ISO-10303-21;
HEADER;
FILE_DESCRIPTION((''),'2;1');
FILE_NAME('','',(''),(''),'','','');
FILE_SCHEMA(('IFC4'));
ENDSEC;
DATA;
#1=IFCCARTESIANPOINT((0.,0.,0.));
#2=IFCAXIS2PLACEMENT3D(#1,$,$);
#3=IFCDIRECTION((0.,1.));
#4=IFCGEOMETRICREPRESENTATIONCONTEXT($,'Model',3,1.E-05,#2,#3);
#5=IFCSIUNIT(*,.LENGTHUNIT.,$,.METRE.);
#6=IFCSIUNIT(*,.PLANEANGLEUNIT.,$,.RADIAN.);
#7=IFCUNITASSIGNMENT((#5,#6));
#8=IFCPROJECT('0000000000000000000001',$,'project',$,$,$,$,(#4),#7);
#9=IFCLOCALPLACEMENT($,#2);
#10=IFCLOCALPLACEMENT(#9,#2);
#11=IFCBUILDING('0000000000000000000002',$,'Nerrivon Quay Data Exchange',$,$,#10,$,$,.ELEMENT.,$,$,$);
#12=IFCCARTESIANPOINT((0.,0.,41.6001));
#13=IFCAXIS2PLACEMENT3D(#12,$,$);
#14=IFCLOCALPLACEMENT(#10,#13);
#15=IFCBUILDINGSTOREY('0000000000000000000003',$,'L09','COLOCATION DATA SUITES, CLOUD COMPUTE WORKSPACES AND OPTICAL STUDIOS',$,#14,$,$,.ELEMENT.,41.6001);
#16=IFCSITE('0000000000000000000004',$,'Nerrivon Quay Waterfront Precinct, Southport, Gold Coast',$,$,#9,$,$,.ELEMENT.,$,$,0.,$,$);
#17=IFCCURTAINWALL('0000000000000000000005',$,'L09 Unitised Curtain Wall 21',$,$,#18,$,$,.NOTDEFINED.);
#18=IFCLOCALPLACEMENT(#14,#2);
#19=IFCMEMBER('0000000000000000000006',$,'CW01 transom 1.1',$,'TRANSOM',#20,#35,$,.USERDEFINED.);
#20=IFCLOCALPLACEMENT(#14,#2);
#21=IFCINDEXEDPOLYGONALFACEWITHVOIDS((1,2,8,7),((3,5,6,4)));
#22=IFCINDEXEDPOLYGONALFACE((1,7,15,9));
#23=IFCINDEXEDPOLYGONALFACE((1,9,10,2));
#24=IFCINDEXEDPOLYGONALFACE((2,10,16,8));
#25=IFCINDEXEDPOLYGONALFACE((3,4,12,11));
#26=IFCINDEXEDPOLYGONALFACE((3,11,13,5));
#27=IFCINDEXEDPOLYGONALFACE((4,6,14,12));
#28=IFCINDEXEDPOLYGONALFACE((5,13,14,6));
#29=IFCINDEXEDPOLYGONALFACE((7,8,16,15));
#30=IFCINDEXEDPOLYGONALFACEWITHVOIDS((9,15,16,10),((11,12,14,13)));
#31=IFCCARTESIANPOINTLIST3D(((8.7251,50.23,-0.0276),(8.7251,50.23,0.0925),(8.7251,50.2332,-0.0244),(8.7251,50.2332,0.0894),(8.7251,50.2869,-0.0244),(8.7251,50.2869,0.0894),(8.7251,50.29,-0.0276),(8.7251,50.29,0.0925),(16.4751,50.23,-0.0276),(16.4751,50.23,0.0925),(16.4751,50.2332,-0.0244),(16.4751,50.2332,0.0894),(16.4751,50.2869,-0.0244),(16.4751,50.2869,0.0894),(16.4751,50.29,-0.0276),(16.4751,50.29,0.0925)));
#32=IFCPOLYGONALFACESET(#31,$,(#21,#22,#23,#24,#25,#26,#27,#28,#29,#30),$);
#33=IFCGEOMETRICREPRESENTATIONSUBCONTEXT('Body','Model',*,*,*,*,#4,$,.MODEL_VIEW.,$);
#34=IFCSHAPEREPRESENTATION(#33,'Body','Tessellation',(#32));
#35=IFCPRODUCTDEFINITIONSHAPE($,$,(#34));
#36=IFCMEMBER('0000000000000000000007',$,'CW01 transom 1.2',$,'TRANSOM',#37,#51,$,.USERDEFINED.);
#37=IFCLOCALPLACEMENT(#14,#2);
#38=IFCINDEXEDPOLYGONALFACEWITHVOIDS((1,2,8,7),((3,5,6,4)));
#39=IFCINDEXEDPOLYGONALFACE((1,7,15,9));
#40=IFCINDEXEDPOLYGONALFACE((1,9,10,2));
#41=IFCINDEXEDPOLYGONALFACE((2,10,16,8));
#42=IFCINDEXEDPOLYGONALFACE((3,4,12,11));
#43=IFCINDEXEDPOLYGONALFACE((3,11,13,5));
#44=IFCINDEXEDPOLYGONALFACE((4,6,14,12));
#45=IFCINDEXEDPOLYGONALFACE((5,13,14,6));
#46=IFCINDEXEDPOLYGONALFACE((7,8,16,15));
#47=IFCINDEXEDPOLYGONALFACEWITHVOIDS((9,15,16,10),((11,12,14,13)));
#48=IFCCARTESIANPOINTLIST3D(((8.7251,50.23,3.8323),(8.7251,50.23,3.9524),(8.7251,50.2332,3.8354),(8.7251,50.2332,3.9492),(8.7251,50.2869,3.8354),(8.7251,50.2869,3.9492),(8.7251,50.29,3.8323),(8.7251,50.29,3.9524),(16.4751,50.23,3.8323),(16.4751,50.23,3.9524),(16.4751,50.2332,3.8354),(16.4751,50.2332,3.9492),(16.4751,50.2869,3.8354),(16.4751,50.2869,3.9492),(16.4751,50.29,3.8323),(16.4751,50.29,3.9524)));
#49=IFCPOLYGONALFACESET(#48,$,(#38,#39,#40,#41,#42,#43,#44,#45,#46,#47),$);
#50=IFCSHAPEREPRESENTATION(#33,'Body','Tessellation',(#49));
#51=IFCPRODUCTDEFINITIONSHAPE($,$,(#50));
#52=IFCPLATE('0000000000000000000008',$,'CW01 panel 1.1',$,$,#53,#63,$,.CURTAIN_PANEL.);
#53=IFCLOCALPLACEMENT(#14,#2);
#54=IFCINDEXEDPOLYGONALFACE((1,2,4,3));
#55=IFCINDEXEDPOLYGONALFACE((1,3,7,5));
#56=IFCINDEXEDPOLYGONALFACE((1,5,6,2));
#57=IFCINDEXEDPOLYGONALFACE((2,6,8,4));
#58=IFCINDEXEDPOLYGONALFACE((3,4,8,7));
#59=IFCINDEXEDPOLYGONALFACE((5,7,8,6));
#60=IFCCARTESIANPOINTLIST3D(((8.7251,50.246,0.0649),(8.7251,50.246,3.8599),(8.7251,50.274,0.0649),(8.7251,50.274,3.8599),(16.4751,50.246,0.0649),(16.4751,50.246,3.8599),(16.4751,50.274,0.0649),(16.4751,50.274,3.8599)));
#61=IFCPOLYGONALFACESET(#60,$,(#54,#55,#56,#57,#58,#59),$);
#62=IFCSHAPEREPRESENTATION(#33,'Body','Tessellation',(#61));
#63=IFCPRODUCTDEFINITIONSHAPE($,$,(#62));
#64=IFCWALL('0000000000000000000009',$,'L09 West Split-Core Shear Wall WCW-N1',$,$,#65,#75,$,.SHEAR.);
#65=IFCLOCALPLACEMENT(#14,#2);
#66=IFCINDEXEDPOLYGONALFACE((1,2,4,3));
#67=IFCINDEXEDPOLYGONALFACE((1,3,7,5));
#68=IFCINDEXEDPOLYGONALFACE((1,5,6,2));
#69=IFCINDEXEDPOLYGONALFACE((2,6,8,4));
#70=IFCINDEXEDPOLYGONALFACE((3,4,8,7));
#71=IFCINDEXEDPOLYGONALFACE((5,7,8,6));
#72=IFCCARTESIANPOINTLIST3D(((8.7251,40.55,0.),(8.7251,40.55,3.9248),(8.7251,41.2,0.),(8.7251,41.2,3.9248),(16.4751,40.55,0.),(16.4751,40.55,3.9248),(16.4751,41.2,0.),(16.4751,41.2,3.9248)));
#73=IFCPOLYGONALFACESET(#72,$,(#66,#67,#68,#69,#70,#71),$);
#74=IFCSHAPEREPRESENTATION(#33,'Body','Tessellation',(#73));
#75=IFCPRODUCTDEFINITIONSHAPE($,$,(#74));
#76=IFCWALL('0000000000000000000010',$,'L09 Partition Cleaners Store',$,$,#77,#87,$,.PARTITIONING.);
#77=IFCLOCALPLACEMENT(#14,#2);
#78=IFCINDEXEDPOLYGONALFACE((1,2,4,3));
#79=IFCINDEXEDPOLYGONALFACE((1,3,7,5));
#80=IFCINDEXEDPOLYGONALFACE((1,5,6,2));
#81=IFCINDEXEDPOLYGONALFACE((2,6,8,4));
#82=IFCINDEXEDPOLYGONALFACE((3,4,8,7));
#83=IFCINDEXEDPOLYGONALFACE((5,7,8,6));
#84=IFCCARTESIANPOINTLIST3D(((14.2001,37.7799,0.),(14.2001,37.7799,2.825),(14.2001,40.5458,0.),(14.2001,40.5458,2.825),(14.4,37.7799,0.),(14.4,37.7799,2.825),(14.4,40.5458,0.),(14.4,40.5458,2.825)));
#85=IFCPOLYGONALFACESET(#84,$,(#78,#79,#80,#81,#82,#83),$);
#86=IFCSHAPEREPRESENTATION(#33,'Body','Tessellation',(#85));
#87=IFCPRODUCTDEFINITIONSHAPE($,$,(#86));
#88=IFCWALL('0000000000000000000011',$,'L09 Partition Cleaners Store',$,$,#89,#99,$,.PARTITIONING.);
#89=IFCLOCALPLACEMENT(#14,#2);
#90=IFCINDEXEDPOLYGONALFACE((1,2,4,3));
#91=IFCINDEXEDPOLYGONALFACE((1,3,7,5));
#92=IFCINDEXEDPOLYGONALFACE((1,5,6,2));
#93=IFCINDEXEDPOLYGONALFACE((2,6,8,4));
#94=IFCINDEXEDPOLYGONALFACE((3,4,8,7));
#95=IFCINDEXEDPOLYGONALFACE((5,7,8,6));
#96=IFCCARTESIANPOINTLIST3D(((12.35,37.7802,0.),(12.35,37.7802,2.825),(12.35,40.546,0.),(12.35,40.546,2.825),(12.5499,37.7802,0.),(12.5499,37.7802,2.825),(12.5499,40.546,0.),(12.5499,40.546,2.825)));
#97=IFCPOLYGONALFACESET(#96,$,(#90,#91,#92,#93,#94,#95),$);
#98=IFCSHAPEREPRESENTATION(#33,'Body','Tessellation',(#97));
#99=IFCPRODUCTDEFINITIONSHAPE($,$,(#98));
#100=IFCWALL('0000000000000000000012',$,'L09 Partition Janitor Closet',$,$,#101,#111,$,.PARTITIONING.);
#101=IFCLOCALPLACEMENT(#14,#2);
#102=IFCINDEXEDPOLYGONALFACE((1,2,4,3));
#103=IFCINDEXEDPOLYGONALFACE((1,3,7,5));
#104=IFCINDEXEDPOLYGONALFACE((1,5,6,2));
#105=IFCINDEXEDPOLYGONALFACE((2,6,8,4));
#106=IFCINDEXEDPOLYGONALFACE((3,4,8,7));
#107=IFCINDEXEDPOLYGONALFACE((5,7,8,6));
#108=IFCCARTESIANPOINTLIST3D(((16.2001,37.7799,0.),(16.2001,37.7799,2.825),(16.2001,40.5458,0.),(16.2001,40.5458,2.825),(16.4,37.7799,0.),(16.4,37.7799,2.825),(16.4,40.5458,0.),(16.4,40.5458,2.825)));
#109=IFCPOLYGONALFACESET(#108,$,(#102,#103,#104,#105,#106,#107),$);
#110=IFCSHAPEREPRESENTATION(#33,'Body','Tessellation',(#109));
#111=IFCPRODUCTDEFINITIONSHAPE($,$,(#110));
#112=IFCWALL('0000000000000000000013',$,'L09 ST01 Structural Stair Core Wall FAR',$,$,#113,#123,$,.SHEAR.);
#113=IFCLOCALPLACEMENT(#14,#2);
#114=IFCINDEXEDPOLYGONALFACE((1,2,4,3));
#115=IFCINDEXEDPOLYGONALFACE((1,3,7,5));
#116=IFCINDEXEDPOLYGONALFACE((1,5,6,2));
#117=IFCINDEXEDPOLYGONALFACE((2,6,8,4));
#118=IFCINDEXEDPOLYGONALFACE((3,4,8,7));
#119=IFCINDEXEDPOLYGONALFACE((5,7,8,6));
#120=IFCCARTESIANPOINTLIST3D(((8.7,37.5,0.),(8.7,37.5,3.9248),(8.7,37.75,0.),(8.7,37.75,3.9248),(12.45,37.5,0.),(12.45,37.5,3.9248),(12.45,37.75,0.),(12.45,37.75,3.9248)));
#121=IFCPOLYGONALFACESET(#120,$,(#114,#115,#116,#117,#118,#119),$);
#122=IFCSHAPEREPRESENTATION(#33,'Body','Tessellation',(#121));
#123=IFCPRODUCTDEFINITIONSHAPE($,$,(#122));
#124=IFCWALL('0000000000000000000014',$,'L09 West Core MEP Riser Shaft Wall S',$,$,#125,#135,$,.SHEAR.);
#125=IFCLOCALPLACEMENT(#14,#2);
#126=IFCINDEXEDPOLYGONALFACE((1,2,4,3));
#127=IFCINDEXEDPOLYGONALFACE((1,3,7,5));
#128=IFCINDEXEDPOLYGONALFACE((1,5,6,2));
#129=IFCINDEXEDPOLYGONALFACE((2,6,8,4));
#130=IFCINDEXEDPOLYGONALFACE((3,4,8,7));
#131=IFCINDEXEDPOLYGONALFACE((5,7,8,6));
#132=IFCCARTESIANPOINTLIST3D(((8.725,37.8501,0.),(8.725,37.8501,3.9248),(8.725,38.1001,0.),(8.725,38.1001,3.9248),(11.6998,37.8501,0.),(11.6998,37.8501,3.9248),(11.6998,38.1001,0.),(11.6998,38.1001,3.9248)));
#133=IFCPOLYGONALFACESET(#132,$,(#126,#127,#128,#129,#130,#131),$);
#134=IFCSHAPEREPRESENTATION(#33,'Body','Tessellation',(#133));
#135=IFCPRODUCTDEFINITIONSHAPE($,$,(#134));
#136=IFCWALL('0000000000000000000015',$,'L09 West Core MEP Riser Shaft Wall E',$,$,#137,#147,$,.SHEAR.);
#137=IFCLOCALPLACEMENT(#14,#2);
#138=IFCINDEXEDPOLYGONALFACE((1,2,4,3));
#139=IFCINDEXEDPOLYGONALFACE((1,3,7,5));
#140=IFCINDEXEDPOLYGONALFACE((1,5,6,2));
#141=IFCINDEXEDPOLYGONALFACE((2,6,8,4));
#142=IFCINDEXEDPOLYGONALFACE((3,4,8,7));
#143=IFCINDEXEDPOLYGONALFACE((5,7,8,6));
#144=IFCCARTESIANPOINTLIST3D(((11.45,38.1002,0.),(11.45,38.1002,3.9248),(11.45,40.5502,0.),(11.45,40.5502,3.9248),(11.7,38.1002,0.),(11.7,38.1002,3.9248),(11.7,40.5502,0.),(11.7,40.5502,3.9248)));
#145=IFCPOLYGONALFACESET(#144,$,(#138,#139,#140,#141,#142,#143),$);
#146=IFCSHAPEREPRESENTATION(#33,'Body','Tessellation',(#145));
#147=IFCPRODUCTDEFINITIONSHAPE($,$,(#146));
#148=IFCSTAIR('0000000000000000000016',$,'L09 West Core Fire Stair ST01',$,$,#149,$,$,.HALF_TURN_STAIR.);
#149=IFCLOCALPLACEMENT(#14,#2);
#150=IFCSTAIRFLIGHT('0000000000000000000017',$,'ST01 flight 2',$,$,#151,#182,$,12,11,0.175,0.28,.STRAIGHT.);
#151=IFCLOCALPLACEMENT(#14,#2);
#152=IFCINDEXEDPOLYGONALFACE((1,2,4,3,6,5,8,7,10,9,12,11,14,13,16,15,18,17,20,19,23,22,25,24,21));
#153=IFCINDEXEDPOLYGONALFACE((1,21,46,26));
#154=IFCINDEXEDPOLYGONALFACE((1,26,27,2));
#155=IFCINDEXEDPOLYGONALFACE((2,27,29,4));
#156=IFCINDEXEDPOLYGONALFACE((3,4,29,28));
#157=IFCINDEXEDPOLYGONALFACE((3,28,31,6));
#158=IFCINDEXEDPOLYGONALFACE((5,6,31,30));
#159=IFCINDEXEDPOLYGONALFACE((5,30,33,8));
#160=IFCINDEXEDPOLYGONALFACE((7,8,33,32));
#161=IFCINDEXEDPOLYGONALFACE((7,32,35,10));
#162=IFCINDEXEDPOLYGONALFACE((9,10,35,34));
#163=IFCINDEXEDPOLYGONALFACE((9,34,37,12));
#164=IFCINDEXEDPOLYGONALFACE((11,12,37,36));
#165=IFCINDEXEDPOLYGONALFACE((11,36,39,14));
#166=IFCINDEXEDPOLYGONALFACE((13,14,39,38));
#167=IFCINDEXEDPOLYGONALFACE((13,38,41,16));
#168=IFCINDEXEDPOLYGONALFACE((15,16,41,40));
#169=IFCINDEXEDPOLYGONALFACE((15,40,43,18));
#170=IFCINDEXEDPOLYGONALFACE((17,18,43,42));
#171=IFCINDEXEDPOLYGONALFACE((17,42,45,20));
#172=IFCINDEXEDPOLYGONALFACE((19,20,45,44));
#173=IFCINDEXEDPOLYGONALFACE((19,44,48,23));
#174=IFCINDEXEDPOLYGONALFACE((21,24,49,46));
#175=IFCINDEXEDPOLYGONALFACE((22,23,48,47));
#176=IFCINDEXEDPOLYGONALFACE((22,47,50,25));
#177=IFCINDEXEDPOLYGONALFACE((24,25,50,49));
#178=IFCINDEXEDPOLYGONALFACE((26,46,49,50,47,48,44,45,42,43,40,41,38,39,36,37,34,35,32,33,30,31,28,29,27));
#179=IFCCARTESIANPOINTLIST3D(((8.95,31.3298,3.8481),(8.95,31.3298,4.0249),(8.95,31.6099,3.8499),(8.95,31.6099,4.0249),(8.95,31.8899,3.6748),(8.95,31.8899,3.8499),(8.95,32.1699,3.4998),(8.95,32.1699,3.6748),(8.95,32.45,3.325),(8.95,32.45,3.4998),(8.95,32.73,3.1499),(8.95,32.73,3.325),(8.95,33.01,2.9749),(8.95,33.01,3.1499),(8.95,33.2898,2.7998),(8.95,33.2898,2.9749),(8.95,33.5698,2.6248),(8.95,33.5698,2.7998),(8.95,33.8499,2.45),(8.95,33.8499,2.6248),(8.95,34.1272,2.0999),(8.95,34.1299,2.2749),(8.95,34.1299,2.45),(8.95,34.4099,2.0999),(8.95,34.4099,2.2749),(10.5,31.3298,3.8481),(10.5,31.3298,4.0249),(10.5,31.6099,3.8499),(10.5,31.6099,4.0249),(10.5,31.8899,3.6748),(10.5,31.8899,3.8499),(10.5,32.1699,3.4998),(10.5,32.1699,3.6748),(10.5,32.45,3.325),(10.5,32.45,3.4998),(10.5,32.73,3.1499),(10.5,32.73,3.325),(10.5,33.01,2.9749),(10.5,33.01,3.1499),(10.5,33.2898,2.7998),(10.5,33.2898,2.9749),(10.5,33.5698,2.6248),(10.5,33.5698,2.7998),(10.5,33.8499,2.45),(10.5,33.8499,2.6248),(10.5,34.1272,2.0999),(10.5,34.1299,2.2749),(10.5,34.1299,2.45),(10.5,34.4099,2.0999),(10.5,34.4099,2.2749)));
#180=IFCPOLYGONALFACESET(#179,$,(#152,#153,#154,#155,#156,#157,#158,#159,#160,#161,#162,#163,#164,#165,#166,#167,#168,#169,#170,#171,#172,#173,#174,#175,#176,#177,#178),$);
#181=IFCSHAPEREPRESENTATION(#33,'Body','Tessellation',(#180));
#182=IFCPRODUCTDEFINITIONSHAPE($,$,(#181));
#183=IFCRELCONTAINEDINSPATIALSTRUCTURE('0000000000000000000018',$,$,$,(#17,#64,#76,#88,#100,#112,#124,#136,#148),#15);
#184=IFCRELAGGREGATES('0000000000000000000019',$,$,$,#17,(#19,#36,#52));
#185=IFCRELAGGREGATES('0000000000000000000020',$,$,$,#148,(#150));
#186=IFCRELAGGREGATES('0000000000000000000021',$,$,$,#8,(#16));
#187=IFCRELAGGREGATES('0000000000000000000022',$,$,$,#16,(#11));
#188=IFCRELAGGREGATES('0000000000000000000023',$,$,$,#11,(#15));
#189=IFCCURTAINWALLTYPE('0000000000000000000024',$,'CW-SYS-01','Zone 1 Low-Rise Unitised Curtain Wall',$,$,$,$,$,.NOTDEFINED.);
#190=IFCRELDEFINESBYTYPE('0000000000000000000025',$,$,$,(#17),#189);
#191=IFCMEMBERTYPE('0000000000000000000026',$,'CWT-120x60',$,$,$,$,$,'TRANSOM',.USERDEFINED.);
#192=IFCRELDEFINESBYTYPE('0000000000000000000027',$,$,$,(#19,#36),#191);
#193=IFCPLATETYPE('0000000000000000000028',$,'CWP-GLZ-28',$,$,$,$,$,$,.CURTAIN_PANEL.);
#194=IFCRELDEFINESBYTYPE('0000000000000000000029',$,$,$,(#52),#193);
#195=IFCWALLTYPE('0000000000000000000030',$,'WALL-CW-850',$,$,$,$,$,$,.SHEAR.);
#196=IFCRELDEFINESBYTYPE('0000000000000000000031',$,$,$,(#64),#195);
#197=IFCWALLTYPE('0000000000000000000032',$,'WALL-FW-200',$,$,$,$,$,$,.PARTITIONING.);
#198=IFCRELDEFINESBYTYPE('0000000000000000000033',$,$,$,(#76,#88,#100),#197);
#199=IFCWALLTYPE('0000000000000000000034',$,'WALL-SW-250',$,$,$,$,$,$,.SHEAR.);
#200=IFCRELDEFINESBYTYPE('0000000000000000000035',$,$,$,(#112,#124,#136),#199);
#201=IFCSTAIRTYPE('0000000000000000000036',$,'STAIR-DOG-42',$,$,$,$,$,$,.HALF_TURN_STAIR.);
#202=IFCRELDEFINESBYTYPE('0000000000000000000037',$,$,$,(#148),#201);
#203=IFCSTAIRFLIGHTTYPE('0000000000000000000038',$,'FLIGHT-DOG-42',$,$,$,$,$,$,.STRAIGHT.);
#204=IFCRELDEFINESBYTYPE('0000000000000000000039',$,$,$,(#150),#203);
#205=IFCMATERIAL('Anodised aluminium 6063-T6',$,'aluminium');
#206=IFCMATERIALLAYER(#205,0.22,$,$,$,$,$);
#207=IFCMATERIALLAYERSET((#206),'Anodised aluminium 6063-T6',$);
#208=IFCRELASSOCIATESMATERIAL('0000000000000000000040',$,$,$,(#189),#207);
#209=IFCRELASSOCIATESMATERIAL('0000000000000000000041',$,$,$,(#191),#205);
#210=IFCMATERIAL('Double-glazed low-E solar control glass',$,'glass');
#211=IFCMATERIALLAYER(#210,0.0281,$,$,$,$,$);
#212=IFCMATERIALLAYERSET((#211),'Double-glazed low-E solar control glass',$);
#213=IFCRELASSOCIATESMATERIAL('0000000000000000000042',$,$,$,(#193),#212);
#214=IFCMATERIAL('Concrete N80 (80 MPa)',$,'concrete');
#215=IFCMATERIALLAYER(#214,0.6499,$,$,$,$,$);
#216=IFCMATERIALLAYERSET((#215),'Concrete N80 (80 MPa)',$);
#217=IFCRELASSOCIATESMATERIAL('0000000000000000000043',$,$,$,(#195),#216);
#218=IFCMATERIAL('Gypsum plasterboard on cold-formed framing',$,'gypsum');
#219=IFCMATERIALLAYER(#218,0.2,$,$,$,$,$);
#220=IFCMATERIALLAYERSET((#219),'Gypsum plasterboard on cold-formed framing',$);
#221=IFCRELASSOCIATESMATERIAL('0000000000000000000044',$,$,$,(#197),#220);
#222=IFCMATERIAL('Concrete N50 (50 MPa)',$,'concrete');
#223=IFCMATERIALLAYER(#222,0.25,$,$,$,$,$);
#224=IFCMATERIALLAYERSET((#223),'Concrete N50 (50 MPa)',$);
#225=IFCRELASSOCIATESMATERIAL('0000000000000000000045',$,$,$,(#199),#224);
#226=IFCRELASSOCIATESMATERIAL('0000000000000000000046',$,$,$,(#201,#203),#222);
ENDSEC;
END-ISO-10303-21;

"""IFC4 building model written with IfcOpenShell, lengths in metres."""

from ifc_helpers import new_model, si_unit, direction, frame, frame_2d, origin, origin_2d, place, context, subcontext, project, spatial, polyline, rectangle, hollow_rectangle, outline, extrude, material, layer, layer_set, material_profile, profile_set, type_object, element, aggregate, save


model = new_model("IFC4")

# Units and contexts
model_context = context("Model", 3, precision=1e-05, world=origin(), true_north=direction((0.0, 1.0)))
body_context = subcontext(model_context, "Body", "Model", "MODEL_VIEW")
ifc_project = project(units=[si_unit("LENGTHUNIT", "METRE"), si_unit("PLANEANGLEUNIT", "RADIAN")], contexts=[model_context])

# Site, building, storey
site_placement = place(None, origin())
site = spatial("IfcSite", under=ifc_project, at=site_placement, Name="Nerrivon Quay Waterfront Precinct, Southport, Gold Coast", CompositionType="ELEMENT", RefElevation=0.0)
building_placement = place(site_placement, origin())
building = spatial("IfcBuilding", under=site, at=building_placement, Name="Nerrivon Quay Data Exchange", CompositionType="ELEMENT")
storey_placement = place(building_placement, frame((0.0, 0.0, 41.6001)))
storey = spatial("IfcBuildingStorey", under=building, at=storey_placement, Name="L09", Description="COLOCATION DATA SUITES, CLOUD COMPUTE WORKSPACES AND OPTICAL STUDIOS", CompositionType="ELEMENT", Elevation=41.6001)

# Shared definitions
ifc_material_1 = material(Name="Concrete N80 (80 MPa)", Category="concrete")

# Curtain wall, members, plate
ifc_material_2 = material(Name="Anodised aluminium 6063-T6", Category="aluminium")
ifc_layer_1 = layer(ifc_material_2, 0.22)
ifc_layer_set_1 = layer_set([ifc_layer_1], Name="Anodised aluminium 6063-T6")
curtain_wall_type = type_object("IfcCurtainWallType", Name="CW-SYS-01", Description="Zone 1 Low-Rise Unitised Curtain Wall", PredefinedType="NOTDEFINED", material=ifc_layer_set_1)
curtain_wall_placement = place(storey_placement, origin())
curtain_wall = element("IfcCurtainWall", 1, at=curtain_wall_placement, inside=storey, type_object=curtain_wall_type, Name="L09 Unitised Curtain Wall 21", PredefinedType="NOTDEFINED")
ifc_material_profile_1 = material_profile(ifc_material_2, hollow_rectangle(XDim=0.0601, YDim=0.1201, WallThickness=0.0032, at=origin_2d()), Name="ALU-TRAN-120x60")
ifc_profile_set_1 = profile_set([ifc_material_profile_1], Name="Anodised aluminium 6063-T6")
member_type_1 = type_object("IfcMemberType", Name="CWT-120x60", ElementType="TRANSOM", PredefinedType="USERDEFINED", material=ifc_profile_set_1)
member_1_placement = place(storey_placement, frame((8.7251, 50.26, 0.0325), z_axis=(1.0, 0.0, 0.0), x_axis=(0.0, 1.0, 0.0)))
member_1 = element("IfcMember", 2, at=member_1_placement, type_object=member_type_1, Name="CW01 transom 1.1", ObjectType="TRANSOM", PredefinedType="USERDEFINED", context=body_context, shape_type="SweptSolid", body=[
    extrude(hollow_rectangle(XDim=0.0601, YDim=0.1201, WallThickness=0.0032, at=origin_2d()), origin(), (0.0, 0.0, 1.0), 7.75),
])
member_2_placement = place(storey_placement, frame((8.7251, 50.26, 3.8923), z_axis=(1.0, 0.0, 0.0), x_axis=(0.0, 1.0, 0.0)))
member_2 = element("IfcMember", 3, at=member_2_placement, type_object=member_type_1, Name="CW01 transom 1.2", ObjectType="TRANSOM", PredefinedType="USERDEFINED", context=body_context, shape_type="SweptSolid", body=[
    extrude(hollow_rectangle(XDim=0.0601, YDim=0.1201, WallThickness=0.0032, at=origin_2d()), origin(), (0.0, 0.0, 1.0), 7.75),
])
ifc_material_3 = material(Name="Double-glazed low-E solar control glass", Category="glass")
ifc_layer_2 = layer(ifc_material_3, 0.0281)
ifc_layer_set_2 = layer_set([ifc_layer_2], Name="Double-glazed low-E solar control glass")
plate_type = type_object("IfcPlateType", Name="CWP-GLZ-28", PredefinedType="CURTAIN_PANEL", material=ifc_layer_set_2)
plate_placement = place(storey_placement, frame((12.6001, 50.26, 0.0649), z_axis=(0.0, 0.0, 1.0), x_axis=(1.0, 0.0, 0.0)))
plate = element("IfcPlate", 4, at=plate_placement, type_object=plate_type, Name="CW01 panel 1.1", PredefinedType="CURTAIN_PANEL", context=body_context, shape_type="SweptSolid", body=[
    extrude(rectangle(XDim=7.75, YDim=0.0281, at=origin_2d()), origin(), (0.0, 0.0, 1.0), 3.7949),
])
aggregate(curtain_wall, [member_1, member_2, plate])

# Walls
ifc_layer_3 = layer(ifc_material_1, 0.6499)
ifc_layer_set_3 = layer_set([ifc_layer_3], Name="Concrete N80 (80 MPa)")
wall_type_1 = type_object("IfcWallType", Name="WALL-CW-850", PredefinedType="SHEAR", material=ifc_layer_set_3)
wall_1_placement = place(storey_placement, frame((8.7251, 40.875, 0.0), z_axis=(0.0, 0.0, 1.0), x_axis=(1.0, 0.0, 0.0)))
element("IfcWall", 5, at=wall_1_placement, inside=storey, type_object=wall_type_1, Name="L09 West Split-Core Shear Wall WCW-N1", PredefinedType="SHEAR", context=body_context, shape_type="SweptSolid", body=[
    extrude(rectangle(XDim=7.75, YDim=0.6499, at=frame_2d((3.875, 0.0))), origin(), (0.0, 0.0, 1.0), 3.9248),
])
ifc_material_4 = material(Name="Gypsum plasterboard on cold-formed framing", Category="gypsum")
ifc_layer_4 = layer(ifc_material_4, 0.2)
ifc_layer_set_4 = layer_set([ifc_layer_4], Name="Gypsum plasterboard on cold-formed framing")
wall_type_2 = type_object("IfcWallType", Name="WALL-FW-200", PredefinedType="PARTITIONING", material=ifc_layer_set_4)
for number, where, z_axis, x_axis, name in (
    (6, (14.3, 37.78, 0.0), (0.0, 0.0, 1.0), (0.0, 1.0, 0.0), "L09 Partition Cleaners Store"),
    (7, (12.45, 40.5459, 0.0), (0.0, 0.0, 1.0), (0.0, -1.0, 0.0), "L09 Partition Cleaners Store"),
    (8, (16.3, 37.78, 0.0), (0.0, 0.0, 1.0), (0.0, 1.0, 0.0), "L09 Partition Janitor Closet"),
):
    element("IfcWall", number, at=place(storey_placement, frame(where, z_axis=z_axis, x_axis=x_axis)), inside=storey, type_object=wall_type_2, Name=name, PredefinedType="PARTITIONING", context=body_context, shape_type="SweptSolid", body=[
        extrude(rectangle(XDim=2.7659, YDim=0.2, at=frame_2d((1.3828, 0.0))), origin(), (0.0, 0.0, 1.0), 2.825),
    ])
ifc_material_5 = material(Name="Concrete N50 (50 MPa)", Category="concrete")
ifc_layer_5 = layer(ifc_material_5, 0.25)
ifc_layer_set_5 = layer_set([ifc_layer_5], Name="Concrete N50 (50 MPa)")
wall_type_3 = type_object("IfcWallType", Name="WALL-SW-250", PredefinedType="SHEAR", material=ifc_layer_set_5)
wall_2_placement = place(storey_placement, frame((12.45, 37.625, 0.0), z_axis=(0.0, 0.0, 1.0), x_axis=(-1.0, 0.0, 0.0)))
element("IfcWall", 9, at=wall_2_placement, inside=storey, type_object=wall_type_3, Name="L09 ST01 Structural Stair Core Wall FAR", PredefinedType="SHEAR", context=body_context, shape_type="SweptSolid", body=[
    extrude(rectangle(XDim=3.75, YDim=0.25, at=frame_2d((1.875, 0.0))), origin(), (0.0, 0.0, 1.0), 3.9248),
])
wall_3_placement = place(storey_placement, frame((8.7251, 37.9751, 0.0), z_axis=(0.0, 0.0, 1.0), x_axis=(1.0, 0.0, 0.0)))
element("IfcWall", 10, at=wall_3_placement, inside=storey, type_object=wall_type_3, Name="L09 West Core MEP Riser Shaft Wall S", PredefinedType="SHEAR", context=body_context, shape_type="SweptSolid", body=[
    extrude(rectangle(XDim=2.9749, YDim=0.25, at=frame_2d((1.4873, 0.0))), origin(), (0.0, 0.0, 1.0), 3.9248),
])
wall_4_placement = place(storey_placement, frame((11.575, 38.1001, 0.0), z_axis=(0.0, 0.0, 1.0), x_axis=(0.0, 1.0, 0.0)))
element("IfcWall", 11, at=wall_4_placement, inside=storey, type_object=wall_type_3, Name="L09 West Core MEP Riser Shaft Wall E", PredefinedType="SHEAR", context=body_context, shape_type="SweptSolid", body=[
    extrude(rectangle(XDim=2.45, YDim=0.25, at=frame_2d((1.2251, 0.0))), origin(), (0.0, 0.0, 1.0), 3.9248),
])

# Stair, stair flight
stair_type = type_object("IfcStairType", Name="STAIR-DOG-42", PredefinedType="HALF_TURN_STAIR", material=ifc_material_5)
stair_placement = place(storey_placement, origin())
stair = element("IfcStair", 12, at=stair_placement, inside=storey, type_object=stair_type, Name="L09 West Core Fire Stair ST01", PredefinedType="HALF_TURN_STAIR")
stair_flight_type = type_object("IfcStairFlightType", Name="FLIGHT-DOG-42", PredefinedType="STRAIGHT", material=ifc_material_5)
stair_flight_placement = place(storey_placement, frame((9.7251, 34.4099, 2.0999), z_axis=(0.0, 0.0, 1.0), x_axis=(0.0, -1.0, 0.0)))
stair_flight = element("IfcStairFlight", 13, at=stair_flight_placement, type_object=stair_flight_type, Name="ST01 flight 2", NumberOfRisers=12, NumberOfTreads=11, PredefinedType="STRAIGHT", RiserHeight=0.175, TreadLength=0.28, context=body_context, shape_type="SweptSolid", body=[
    extrude(outline(polyline([(0.0, 0.0), (0.0, 0.175), (0.28, 0.175), (0.28, 0.3501), (0.5601, 0.3501), (0.5601, 0.5249), (0.8401, 0.5249), (0.8401, 0.7), (1.1201, 0.7), (1.1201, 0.875), (1.3999, 0.875), (1.3999, 1.05), (1.6799, 1.05), (1.6799, 1.2251), (1.96, 1.2251), (1.96, 1.3999), (2.24, 1.3999), (2.24, 1.575), (2.52, 1.575), (2.52, 1.75), (2.8, 1.75), (2.8, 1.925), (3.0801, 1.925), (3.0801, 2.1001), (3.0801, 1.7483), (0.2827, 0.0), (0.0, 0.0)])), frame((0.0, 0.7749, 0.0), z_axis=(0.0, -1.0, 0.0), x_axis=(1.0, 0.0, 0.0)), (0.0, 0.0, 1.0), 1.55),
])
aggregate(stair, [stair_flight])

save(model, "model.ifc")
